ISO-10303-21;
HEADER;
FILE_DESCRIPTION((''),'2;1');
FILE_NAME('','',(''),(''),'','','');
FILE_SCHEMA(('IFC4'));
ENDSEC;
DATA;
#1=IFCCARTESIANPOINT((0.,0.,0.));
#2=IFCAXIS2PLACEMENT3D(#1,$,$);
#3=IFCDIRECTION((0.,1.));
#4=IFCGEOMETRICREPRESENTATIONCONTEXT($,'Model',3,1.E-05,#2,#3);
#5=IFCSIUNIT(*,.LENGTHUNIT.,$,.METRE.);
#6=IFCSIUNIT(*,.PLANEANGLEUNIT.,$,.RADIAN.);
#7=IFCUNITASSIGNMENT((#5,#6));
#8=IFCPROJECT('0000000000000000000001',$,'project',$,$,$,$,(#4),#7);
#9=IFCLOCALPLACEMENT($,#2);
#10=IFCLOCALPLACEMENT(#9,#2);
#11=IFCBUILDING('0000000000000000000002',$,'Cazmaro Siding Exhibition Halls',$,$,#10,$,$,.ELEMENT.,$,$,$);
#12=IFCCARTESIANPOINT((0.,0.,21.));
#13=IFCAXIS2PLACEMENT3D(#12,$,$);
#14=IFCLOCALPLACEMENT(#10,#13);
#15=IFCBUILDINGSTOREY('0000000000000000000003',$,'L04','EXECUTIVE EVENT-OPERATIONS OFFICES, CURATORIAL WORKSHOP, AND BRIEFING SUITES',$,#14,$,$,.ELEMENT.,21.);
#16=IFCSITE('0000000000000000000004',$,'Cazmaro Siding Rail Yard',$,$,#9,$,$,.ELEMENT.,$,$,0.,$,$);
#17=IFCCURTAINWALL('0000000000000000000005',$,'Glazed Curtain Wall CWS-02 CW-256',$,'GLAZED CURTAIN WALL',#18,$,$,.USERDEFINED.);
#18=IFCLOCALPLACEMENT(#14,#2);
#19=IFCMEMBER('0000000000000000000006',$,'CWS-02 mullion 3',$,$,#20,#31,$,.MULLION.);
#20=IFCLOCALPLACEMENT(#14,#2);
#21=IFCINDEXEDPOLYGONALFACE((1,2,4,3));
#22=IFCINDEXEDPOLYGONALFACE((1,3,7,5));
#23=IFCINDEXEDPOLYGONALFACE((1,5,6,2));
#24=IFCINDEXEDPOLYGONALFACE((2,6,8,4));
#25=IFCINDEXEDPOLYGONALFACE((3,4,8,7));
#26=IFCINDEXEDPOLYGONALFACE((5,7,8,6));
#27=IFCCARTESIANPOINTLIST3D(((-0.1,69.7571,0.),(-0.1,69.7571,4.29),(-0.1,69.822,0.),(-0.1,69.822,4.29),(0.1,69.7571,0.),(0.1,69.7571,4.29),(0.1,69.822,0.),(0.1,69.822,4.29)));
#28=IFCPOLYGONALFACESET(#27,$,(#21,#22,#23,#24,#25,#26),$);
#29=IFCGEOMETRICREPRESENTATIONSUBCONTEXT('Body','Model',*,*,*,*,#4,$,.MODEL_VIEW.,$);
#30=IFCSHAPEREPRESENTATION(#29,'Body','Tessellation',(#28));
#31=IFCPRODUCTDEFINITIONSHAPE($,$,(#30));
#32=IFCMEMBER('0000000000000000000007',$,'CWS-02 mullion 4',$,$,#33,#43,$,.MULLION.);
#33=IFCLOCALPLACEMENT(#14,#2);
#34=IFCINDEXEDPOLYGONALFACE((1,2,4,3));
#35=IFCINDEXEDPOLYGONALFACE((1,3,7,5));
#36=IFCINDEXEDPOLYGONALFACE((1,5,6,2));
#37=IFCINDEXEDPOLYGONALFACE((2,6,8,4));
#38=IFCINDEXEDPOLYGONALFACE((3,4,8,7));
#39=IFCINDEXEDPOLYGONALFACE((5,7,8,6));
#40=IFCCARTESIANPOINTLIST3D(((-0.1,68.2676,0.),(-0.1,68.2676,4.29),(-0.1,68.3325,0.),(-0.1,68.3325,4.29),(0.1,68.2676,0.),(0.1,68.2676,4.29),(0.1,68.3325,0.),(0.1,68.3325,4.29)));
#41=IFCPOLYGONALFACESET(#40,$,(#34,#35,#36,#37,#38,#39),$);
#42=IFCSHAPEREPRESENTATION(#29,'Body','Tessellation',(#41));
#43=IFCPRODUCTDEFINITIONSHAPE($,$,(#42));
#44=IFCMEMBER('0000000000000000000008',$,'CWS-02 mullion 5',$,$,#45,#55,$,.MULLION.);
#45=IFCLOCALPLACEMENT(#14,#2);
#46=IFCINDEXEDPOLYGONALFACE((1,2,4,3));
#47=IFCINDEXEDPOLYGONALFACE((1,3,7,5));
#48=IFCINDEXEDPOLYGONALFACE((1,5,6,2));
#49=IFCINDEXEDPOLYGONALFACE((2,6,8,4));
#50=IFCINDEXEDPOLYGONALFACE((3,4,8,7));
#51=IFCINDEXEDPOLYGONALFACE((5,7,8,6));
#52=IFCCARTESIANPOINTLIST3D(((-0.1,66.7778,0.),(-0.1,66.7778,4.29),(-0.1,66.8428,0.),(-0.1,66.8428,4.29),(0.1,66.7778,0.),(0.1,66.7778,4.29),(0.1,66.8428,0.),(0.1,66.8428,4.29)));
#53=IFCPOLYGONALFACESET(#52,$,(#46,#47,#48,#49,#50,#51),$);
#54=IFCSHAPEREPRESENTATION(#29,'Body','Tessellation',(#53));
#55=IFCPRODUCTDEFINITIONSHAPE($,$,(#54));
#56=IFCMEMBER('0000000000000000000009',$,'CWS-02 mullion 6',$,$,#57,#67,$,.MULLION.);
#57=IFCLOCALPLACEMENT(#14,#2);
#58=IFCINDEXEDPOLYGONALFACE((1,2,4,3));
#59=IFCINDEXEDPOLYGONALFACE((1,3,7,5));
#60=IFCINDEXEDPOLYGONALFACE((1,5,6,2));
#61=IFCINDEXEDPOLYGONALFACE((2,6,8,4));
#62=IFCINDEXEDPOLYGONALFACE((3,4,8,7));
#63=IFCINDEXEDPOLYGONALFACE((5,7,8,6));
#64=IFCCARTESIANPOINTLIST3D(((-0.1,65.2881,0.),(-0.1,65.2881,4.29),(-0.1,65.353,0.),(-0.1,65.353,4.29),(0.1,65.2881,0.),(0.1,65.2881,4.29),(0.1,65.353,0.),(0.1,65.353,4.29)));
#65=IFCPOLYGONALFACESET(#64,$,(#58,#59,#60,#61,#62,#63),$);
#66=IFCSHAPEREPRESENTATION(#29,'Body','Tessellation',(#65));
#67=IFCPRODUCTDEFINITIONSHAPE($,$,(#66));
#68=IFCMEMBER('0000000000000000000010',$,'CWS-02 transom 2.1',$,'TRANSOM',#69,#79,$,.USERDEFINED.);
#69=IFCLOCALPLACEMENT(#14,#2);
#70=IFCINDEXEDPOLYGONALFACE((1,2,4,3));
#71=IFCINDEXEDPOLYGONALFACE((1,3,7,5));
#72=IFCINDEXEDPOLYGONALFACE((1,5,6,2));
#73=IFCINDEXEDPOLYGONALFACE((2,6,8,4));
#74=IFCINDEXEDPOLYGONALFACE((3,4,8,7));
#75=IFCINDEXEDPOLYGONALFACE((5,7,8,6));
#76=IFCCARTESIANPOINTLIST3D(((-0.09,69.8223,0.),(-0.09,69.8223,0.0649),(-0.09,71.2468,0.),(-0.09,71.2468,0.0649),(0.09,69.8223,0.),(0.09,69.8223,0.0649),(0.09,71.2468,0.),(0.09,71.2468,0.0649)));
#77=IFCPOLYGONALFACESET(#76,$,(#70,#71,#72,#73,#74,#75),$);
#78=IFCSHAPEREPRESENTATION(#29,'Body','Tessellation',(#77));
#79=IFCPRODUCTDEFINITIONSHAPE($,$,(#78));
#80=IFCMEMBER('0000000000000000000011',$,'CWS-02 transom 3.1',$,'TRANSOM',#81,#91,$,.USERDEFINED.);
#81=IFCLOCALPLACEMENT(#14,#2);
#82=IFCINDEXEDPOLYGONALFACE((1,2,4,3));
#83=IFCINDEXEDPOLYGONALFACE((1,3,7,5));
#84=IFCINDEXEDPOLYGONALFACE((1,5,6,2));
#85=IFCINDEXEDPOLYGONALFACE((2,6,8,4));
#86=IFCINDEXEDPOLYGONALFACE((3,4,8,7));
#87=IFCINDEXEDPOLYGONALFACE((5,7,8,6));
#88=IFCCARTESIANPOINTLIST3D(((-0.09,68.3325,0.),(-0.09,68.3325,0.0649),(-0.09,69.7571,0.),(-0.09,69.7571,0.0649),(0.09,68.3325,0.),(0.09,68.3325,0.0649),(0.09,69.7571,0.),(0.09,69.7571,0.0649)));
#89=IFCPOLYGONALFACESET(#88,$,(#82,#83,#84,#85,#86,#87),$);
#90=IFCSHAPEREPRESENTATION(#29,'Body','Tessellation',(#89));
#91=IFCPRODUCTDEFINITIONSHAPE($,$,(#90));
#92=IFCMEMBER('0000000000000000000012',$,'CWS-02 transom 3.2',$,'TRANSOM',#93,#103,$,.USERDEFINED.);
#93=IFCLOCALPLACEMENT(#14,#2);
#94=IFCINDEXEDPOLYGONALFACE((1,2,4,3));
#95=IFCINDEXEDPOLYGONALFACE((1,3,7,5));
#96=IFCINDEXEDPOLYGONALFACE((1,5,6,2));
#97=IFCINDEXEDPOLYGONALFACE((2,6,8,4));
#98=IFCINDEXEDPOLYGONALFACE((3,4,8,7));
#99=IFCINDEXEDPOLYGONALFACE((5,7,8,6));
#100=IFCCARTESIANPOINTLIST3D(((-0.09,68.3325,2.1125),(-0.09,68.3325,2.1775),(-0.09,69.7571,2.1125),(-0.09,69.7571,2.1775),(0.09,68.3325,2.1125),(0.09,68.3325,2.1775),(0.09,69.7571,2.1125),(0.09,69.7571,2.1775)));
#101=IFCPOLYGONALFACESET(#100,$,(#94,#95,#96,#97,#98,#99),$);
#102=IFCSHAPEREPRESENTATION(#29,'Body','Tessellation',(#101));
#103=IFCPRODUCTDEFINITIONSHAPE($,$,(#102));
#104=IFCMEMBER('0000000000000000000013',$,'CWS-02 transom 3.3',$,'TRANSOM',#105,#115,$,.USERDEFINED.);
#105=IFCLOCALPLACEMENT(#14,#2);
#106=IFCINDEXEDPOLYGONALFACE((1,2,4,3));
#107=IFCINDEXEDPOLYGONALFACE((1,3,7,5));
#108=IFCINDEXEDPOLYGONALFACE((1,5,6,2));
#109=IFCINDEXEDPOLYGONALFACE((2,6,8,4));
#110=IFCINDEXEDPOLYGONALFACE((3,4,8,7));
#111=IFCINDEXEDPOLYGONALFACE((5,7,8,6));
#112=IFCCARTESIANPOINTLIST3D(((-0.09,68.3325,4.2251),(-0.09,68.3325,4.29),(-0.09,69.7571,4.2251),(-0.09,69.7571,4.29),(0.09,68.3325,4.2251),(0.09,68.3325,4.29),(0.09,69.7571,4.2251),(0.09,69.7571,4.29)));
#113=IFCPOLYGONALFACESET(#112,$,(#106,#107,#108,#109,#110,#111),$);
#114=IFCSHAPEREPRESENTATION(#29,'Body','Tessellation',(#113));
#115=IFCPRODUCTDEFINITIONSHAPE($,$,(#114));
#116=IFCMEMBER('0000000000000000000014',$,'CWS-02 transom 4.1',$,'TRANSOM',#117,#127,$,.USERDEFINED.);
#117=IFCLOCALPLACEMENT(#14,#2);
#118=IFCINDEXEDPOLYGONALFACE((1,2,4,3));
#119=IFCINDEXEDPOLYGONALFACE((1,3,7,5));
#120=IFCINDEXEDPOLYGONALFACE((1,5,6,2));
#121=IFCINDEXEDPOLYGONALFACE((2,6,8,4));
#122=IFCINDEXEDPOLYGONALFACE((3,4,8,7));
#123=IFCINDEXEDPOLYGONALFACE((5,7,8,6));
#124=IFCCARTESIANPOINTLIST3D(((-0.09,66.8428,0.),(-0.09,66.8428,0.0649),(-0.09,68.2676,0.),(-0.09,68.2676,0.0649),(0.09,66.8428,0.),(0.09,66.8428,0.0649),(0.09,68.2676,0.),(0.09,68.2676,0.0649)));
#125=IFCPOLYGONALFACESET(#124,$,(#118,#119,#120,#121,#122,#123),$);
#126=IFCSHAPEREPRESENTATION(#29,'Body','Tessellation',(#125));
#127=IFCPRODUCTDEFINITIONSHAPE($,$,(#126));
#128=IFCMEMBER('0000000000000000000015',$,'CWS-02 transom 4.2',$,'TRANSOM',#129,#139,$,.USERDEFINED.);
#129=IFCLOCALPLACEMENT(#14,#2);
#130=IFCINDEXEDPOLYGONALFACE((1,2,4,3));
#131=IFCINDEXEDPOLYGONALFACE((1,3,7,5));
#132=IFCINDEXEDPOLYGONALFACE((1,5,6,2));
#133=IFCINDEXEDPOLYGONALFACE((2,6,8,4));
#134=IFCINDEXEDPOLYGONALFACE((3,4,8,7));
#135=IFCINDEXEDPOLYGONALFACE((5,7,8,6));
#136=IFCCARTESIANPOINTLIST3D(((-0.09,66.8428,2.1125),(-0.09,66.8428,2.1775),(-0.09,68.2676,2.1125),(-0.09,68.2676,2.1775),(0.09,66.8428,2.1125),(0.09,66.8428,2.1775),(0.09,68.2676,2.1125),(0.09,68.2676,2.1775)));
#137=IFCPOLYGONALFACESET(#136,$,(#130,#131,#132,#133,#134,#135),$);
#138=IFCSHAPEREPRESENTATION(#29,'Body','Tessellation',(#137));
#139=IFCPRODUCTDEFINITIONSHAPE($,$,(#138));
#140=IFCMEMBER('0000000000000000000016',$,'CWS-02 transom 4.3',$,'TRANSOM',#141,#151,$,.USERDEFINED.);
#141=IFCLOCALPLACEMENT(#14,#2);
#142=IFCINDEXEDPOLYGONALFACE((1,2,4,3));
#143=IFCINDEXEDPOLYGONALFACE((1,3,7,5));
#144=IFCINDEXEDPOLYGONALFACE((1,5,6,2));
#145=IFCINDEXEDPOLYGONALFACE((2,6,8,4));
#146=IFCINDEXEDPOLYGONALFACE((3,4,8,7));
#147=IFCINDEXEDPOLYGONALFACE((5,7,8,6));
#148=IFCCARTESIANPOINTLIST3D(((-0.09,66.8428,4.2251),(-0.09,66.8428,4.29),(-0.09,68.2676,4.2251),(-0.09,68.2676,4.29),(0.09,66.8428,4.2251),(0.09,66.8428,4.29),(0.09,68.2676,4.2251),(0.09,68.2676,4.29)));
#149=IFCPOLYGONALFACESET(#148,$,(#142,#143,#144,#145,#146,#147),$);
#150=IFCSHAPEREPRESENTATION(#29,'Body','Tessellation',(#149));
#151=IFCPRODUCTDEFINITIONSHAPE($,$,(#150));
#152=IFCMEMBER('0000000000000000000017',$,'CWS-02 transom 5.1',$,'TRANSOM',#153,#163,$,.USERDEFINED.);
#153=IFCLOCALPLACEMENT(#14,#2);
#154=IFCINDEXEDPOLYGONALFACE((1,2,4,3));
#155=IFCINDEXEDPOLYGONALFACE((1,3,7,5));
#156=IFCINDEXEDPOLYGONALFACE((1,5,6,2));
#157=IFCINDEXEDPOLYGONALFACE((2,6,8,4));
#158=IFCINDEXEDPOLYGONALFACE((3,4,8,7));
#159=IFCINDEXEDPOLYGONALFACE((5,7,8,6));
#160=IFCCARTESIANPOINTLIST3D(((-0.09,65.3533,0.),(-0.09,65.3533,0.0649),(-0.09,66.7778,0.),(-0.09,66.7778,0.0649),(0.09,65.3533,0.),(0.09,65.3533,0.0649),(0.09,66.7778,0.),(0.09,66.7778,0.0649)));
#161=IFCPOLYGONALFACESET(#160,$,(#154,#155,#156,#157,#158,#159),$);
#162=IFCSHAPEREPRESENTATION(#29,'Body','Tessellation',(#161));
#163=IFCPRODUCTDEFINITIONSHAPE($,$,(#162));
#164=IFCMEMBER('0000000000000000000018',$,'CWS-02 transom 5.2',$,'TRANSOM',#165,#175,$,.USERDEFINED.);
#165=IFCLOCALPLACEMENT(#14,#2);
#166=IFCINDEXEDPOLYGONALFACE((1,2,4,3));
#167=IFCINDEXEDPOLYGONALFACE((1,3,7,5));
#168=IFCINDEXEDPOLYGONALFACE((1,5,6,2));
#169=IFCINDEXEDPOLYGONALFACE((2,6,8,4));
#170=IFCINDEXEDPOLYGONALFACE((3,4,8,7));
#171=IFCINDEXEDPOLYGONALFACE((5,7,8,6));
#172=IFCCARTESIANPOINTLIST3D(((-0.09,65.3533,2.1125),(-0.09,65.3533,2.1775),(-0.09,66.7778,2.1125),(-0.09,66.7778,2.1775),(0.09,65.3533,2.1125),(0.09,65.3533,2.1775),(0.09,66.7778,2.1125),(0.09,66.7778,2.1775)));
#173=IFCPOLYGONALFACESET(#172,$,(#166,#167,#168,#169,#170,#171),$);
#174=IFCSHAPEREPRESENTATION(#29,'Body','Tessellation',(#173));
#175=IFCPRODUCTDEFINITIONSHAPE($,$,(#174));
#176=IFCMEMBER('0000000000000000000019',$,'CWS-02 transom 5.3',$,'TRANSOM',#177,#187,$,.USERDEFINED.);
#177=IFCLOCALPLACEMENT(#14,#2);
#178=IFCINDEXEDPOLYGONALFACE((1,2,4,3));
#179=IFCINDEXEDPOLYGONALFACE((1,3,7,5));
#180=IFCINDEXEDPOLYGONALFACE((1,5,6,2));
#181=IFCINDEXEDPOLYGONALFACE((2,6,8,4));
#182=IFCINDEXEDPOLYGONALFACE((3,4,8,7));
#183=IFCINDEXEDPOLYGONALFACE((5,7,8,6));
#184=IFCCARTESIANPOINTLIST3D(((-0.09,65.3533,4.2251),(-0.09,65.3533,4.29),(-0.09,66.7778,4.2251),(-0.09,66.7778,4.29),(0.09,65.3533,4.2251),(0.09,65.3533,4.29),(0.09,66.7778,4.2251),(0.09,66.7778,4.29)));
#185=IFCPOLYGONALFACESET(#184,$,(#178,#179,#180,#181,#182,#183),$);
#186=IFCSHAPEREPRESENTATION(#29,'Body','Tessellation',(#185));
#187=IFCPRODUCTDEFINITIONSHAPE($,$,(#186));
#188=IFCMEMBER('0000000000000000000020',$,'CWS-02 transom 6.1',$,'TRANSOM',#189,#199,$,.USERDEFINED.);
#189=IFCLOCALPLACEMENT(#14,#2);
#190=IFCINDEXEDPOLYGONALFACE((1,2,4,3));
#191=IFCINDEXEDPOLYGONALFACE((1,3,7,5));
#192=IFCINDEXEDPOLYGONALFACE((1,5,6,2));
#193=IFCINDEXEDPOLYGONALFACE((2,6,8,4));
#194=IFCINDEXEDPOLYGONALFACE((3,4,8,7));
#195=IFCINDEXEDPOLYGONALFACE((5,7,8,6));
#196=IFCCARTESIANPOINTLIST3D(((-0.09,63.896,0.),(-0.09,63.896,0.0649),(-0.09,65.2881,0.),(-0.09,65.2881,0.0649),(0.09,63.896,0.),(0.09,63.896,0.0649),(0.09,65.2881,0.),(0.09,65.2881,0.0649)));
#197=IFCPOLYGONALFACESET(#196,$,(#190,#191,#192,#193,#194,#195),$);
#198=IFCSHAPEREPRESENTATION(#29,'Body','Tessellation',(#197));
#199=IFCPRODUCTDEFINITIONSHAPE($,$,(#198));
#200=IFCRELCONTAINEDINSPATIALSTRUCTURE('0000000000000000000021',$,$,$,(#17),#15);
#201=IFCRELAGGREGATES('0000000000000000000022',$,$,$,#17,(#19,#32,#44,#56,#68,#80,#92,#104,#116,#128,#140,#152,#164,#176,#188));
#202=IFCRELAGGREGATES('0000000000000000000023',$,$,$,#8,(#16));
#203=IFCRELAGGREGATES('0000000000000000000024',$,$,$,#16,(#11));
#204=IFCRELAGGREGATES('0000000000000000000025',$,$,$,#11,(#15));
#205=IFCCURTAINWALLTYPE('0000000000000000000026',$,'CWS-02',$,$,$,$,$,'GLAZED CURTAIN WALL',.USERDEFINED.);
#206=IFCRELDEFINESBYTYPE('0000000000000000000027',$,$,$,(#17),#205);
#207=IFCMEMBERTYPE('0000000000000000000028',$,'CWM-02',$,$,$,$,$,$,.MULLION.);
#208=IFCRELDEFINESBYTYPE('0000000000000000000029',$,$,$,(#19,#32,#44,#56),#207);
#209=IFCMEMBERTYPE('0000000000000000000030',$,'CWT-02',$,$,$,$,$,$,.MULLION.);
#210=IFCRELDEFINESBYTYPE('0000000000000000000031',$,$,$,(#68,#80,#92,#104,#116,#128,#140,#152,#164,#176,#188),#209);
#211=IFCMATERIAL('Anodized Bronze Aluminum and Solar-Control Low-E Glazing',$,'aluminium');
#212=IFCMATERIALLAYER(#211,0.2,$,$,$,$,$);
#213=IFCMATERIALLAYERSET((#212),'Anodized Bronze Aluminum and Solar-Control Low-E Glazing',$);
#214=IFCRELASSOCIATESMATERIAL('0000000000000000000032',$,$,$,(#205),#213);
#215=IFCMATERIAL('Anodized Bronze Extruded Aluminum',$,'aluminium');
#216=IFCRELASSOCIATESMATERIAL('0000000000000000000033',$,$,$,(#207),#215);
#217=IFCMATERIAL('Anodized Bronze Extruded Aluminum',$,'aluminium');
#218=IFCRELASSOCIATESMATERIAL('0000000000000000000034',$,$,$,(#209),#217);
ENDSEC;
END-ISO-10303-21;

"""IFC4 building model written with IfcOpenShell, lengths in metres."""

from ifc_helpers import new_model, si_unit, direction, frame, origin, origin_2d, place, context, subcontext, project, spatial, rectangle, extrude, material, layer, layer_set, material_profile, profile_set, type_object, element, aggregate, save


model = new_model("IFC4")

# Units and contexts
model_context = context("Model", 3, precision=1e-05, world=origin(), true_north=direction((0.0, 1.0)))
body_context = subcontext(model_context, "Body", "Model", "MODEL_VIEW")
ifc_project = project(units=[si_unit("LENGTHUNIT", "METRE"), si_unit("PLANEANGLEUNIT", "RADIAN")], contexts=[model_context])

# Site, building, storey
site_placement = place(None, origin())
site = spatial("IfcSite", under=ifc_project, at=site_placement, Name="Cazmaro Siding Rail Yard", CompositionType="ELEMENT", RefElevation=0.0)
building_placement = place(site_placement, origin())
building = spatial("IfcBuilding", under=site, at=building_placement, Name="Cazmaro Siding Exhibition Halls", CompositionType="ELEMENT")
storey_placement = place(building_placement, frame((0.0, 0.0, 21.0)))
storey = spatial("IfcBuildingStorey", under=building, at=storey_placement, Name="L04", Description="EXECUTIVE EVENT-OPERATIONS OFFICES, CURATORIAL WORKSHOP, AND BRIEFING SUITES", CompositionType="ELEMENT", Elevation=21.0)

# Curtain wall, members
ifc_material_1 = material(Name="Anodized Bronze Aluminum and Solar-Control Low-E Glazing", Category="aluminium")
ifc_layer_1 = layer(ifc_material_1, 0.2)
ifc_layer_set_1 = layer_set([ifc_layer_1], Name="Anodized Bronze Aluminum and Solar-Control Low-E Glazing")
curtain_wall_type = type_object("IfcCurtainWallType", Name="CWS-02", ElementType="GLAZED CURTAIN WALL", PredefinedType="USERDEFINED", material=ifc_layer_set_1)
curtain_wall_placement = place(storey_placement, origin())
curtain_wall = element("IfcCurtainWall", 1, at=curtain_wall_placement, inside=storey, type_object=curtain_wall_type, Name="Glazed Curtain Wall CWS-02 CW-256", ObjectType="GLAZED CURTAIN WALL", PredefinedType="USERDEFINED")
ifc_material_2 = material(Name="Anodized Bronze Extruded Aluminum", Category="aluminium")
ifc_material_profile_1 = material_profile(ifc_material_2, rectangle(XDim=0.2, YDim=0.0649, at=origin_2d()), Name="CWM-02")
ifc_profile_set_1 = profile_set([ifc_material_profile_1], Name="Anodized Bronze Extruded Aluminum")
member_type_1 = type_object("IfcMemberType", Name="CWM-02", PredefinedType="MULLION", material=ifc_profile_set_1)
member_1_placement = place(storey_placement, frame((0.0, 69.7896, 0.0), z_axis=(0.0, 0.0, 1.0), x_axis=(1.0, 0.0, 0.0)))
member_1 = element("IfcMember", 2, at=member_1_placement, type_object=member_type_1, Name="CWS-02 mullion 3", PredefinedType="MULLION", context=body_context, shape_type="SweptSolid", body=[
    extrude(rectangle(XDim=0.2, YDim=0.0649, at=origin_2d()), origin(), (0.0, 0.0, 1.0), 4.29),
])
member_2_placement = place(storey_placement, frame((0.0, 68.3, 0.0), z_axis=(0.0, 0.0, 1.0), x_axis=(1.0, 0.0, 0.0)))
member_2 = element("IfcMember", 3, at=member_2_placement, type_object=member_type_1, Name="CWS-02 mullion 4", PredefinedType="MULLION", context=body_context, shape_type="SweptSolid", body=[
    extrude(rectangle(XDim=0.2, YDim=0.0649, at=origin_2d()), origin(), (0.0, 0.0, 1.0), 4.29),
])
member_3_placement = place(storey_placement, frame((0.0, 66.8103, 0.0), z_axis=(0.0, 0.0, 1.0), x_axis=(1.0, 0.0, 0.0)))
member_3 = element("IfcMember", 4, at=member_3_placement, type_object=member_type_1, Name="CWS-02 mullion 5", PredefinedType="MULLION", context=body_context, shape_type="SweptSolid", body=[
    extrude(rectangle(XDim=0.2, YDim=0.0649, at=origin_2d()), origin(), (0.0, 0.0, 1.0), 4.29),
])
member_4_placement = place(storey_placement, frame((0.0, 65.3206, 0.0), z_axis=(0.0, 0.0, 1.0), x_axis=(1.0, 0.0, 0.0)))
member_4 = element("IfcMember", 5, at=member_4_placement, type_object=member_type_1, Name="CWS-02 mullion 6", PredefinedType="MULLION", context=body_context, shape_type="SweptSolid", body=[
    extrude(rectangle(XDim=0.2, YDim=0.0649, at=origin_2d()), origin(), (0.0, 0.0, 1.0), 4.29),
])
ifc_material_3 = material(Name="Anodized Bronze Extruded Aluminum", Category="aluminium")
ifc_material_profile_2 = material_profile(ifc_material_3, rectangle(XDim=0.1799, YDim=0.0649, at=origin_2d()), Name="CWT-02")
ifc_profile_set_2 = profile_set([ifc_material_profile_2], Name="Anodized Bronze Extruded Aluminum")
member_type_2 = type_object("IfcMemberType", Name="CWT-02", PredefinedType="MULLION", material=ifc_profile_set_2)
member_5_placement = place(storey_placement, frame((0.0, 71.2468, 0.0325), z_axis=(0.0, -1.0, 0.0), x_axis=(1.0, 0.0, 0.0)))
member_5 = element("IfcMember", 6, at=member_5_placement, type_object=member_type_2, Name="CWS-02 transom 2.1", ObjectType="TRANSOM", PredefinedType="USERDEFINED", context=body_context, shape_type="SweptSolid", body=[
    extrude(rectangle(XDim=0.1799, YDim=0.0649, at=origin_2d()), origin(), (0.0, 0.0, 1.0), 1.4246),
])
member_6_placement = place(storey_placement, frame((0.0, 69.7571, 0.0325), z_axis=(0.0, -1.0, 0.0), x_axis=(1.0, 0.0, 0.0)))
member_6 = element("IfcMember", 7, at=member_6_placement, type_object=member_type_2, Name="CWS-02 transom 3.1", ObjectType="TRANSOM", PredefinedType="USERDEFINED", context=body_context, shape_type="SweptSolid", body=[
    extrude(rectangle(XDim=0.1799, YDim=0.0649, at=origin_2d()), origin(), (0.0, 0.0, 1.0), 1.4246),
])
member_7_placement = place(storey_placement, frame((0.0, 69.7571, 2.145), z_axis=(0.0, -1.0, 0.0), x_axis=(1.0, 0.0, 0.0)))
member_7 = element("IfcMember", 8, at=member_7_placement, type_object=member_type_2, Name="CWS-02 transom 3.2", ObjectType="TRANSOM", PredefinedType="USERDEFINED", context=body_context, shape_type="SweptSolid", body=[
    extrude(rectangle(XDim=0.1799, YDim=0.0649, at=origin_2d()), origin(), (0.0, 0.0, 1.0), 1.4246),
])
member_8_placement = place(storey_placement, frame((0.0, 69.7571, 4.2576), z_axis=(0.0, -1.0, 0.0), x_axis=(1.0, 0.0, 0.0)))
member_8 = element("IfcMember", 9, at=member_8_placement, type_object=member_type_2, Name="CWS-02 transom 3.3", ObjectType="TRANSOM", PredefinedType="USERDEFINED", context=body_context, shape_type="SweptSolid", body=[
    extrude(rectangle(XDim=0.1799, YDim=0.0649, at=origin_2d()), origin(), (0.0, 0.0, 1.0), 1.4246),
])
member_9_placement = place(storey_placement, frame((0.0, 68.2676, 0.0325), z_axis=(0.0, -1.0, 0.0), x_axis=(1.0, 0.0, 0.0)))
member_9 = element("IfcMember", 10, at=member_9_placement, type_object=member_type_2, Name="CWS-02 transom 4.1", ObjectType="TRANSOM", PredefinedType="USERDEFINED", context=body_context, shape_type="SweptSolid", body=[
    extrude(rectangle(XDim=0.1799, YDim=0.0649, at=origin_2d()), origin(), (0.0, 0.0, 1.0), 1.4248),
])
member_10_placement = place(storey_placement, frame((0.0, 68.2676, 2.145), z_axis=(0.0, -1.0, 0.0), x_axis=(1.0, 0.0, 0.0)))
member_10 = element("IfcMember", 11, at=member_10_placement, type_object=member_type_2, Name="CWS-02 transom 4.2", ObjectType="TRANSOM", PredefinedType="USERDEFINED", context=body_context, shape_type="SweptSolid", body=[
    extrude(rectangle(XDim=0.1799, YDim=0.0649, at=origin_2d()), origin(), (0.0, 0.0, 1.0), 1.4248),
])
member_11_placement = place(storey_placement, frame((0.0, 68.2676, 4.2576), z_axis=(0.0, -1.0, 0.0), x_axis=(1.0, 0.0, 0.0)))
member_11 = element("IfcMember", 12, at=member_11_placement, type_object=member_type_2, Name="CWS-02 transom 4.3", ObjectType="TRANSOM", PredefinedType="USERDEFINED", context=body_context, shape_type="SweptSolid", body=[
    extrude(rectangle(XDim=0.1799, YDim=0.0649, at=origin_2d()), origin(), (0.0, 0.0, 1.0), 1.4248),
])
member_12_placement = place(storey_placement, frame((0.0, 66.7778, 0.0325), z_axis=(0.0, -1.0, 0.0), x_axis=(1.0, 0.0, 0.0)))
member_12 = element("IfcMember", 13, at=member_12_placement, type_object=member_type_2, Name="CWS-02 transom 5.1", ObjectType="TRANSOM", PredefinedType="USERDEFINED", context=body_context, shape_type="SweptSolid", body=[
    extrude(rectangle(XDim=0.1799, YDim=0.0649, at=origin_2d()), origin(), (0.0, 0.0, 1.0), 1.4246),
])
member_13_placement = place(storey_placement, frame((0.0, 66.7778, 2.145), z_axis=(0.0, -1.0, 0.0), x_axis=(1.0, 0.0, 0.0)))
member_13 = element("IfcMember", 14, at=member_13_placement, type_object=member_type_2, Name="CWS-02 transom 5.2", ObjectType="TRANSOM", PredefinedType="USERDEFINED", context=body_context, shape_type="SweptSolid", body=[
    extrude(rectangle(XDim=0.1799, YDim=0.0649, at=origin_2d()), origin(), (0.0, 0.0, 1.0), 1.4246),
])
member_14_placement = place(storey_placement, frame((0.0, 66.7778, 4.2576), z_axis=(0.0, -1.0, 0.0), x_axis=(1.0, 0.0, 0.0)))
member_14 = element("IfcMember", 15, at=member_14_placement, type_object=member_type_2, Name="CWS-02 transom 5.3", ObjectType="TRANSOM", PredefinedType="USERDEFINED", context=body_context, shape_type="SweptSolid", body=[
    extrude(rectangle(XDim=0.1799, YDim=0.0649, at=origin_2d()), origin(), (0.0, 0.0, 1.0), 1.4246),
])
member_15_placement = place(storey_placement, frame((0.0, 65.2881, 0.0325), z_axis=(0.0, -1.0, 0.0), x_axis=(1.0, 0.0, 0.0)))
member_15 = element("IfcMember", 16, at=member_15_placement, type_object=member_type_2, Name="CWS-02 transom 6.1", ObjectType="TRANSOM", PredefinedType="USERDEFINED", context=body_context, shape_type="SweptSolid", body=[
    extrude(rectangle(XDim=0.1799, YDim=0.0649, at=origin_2d()), origin(), (0.0, 0.0, 1.0), 1.3921),
])
aggregate(curtain_wall, [member_1, member_2, member_3, member_4, member_5, member_6, member_7, member_8, member_9, member_10, member_11, member_12, member_13, member_14, member_15])

save(model, "model.ifc")
